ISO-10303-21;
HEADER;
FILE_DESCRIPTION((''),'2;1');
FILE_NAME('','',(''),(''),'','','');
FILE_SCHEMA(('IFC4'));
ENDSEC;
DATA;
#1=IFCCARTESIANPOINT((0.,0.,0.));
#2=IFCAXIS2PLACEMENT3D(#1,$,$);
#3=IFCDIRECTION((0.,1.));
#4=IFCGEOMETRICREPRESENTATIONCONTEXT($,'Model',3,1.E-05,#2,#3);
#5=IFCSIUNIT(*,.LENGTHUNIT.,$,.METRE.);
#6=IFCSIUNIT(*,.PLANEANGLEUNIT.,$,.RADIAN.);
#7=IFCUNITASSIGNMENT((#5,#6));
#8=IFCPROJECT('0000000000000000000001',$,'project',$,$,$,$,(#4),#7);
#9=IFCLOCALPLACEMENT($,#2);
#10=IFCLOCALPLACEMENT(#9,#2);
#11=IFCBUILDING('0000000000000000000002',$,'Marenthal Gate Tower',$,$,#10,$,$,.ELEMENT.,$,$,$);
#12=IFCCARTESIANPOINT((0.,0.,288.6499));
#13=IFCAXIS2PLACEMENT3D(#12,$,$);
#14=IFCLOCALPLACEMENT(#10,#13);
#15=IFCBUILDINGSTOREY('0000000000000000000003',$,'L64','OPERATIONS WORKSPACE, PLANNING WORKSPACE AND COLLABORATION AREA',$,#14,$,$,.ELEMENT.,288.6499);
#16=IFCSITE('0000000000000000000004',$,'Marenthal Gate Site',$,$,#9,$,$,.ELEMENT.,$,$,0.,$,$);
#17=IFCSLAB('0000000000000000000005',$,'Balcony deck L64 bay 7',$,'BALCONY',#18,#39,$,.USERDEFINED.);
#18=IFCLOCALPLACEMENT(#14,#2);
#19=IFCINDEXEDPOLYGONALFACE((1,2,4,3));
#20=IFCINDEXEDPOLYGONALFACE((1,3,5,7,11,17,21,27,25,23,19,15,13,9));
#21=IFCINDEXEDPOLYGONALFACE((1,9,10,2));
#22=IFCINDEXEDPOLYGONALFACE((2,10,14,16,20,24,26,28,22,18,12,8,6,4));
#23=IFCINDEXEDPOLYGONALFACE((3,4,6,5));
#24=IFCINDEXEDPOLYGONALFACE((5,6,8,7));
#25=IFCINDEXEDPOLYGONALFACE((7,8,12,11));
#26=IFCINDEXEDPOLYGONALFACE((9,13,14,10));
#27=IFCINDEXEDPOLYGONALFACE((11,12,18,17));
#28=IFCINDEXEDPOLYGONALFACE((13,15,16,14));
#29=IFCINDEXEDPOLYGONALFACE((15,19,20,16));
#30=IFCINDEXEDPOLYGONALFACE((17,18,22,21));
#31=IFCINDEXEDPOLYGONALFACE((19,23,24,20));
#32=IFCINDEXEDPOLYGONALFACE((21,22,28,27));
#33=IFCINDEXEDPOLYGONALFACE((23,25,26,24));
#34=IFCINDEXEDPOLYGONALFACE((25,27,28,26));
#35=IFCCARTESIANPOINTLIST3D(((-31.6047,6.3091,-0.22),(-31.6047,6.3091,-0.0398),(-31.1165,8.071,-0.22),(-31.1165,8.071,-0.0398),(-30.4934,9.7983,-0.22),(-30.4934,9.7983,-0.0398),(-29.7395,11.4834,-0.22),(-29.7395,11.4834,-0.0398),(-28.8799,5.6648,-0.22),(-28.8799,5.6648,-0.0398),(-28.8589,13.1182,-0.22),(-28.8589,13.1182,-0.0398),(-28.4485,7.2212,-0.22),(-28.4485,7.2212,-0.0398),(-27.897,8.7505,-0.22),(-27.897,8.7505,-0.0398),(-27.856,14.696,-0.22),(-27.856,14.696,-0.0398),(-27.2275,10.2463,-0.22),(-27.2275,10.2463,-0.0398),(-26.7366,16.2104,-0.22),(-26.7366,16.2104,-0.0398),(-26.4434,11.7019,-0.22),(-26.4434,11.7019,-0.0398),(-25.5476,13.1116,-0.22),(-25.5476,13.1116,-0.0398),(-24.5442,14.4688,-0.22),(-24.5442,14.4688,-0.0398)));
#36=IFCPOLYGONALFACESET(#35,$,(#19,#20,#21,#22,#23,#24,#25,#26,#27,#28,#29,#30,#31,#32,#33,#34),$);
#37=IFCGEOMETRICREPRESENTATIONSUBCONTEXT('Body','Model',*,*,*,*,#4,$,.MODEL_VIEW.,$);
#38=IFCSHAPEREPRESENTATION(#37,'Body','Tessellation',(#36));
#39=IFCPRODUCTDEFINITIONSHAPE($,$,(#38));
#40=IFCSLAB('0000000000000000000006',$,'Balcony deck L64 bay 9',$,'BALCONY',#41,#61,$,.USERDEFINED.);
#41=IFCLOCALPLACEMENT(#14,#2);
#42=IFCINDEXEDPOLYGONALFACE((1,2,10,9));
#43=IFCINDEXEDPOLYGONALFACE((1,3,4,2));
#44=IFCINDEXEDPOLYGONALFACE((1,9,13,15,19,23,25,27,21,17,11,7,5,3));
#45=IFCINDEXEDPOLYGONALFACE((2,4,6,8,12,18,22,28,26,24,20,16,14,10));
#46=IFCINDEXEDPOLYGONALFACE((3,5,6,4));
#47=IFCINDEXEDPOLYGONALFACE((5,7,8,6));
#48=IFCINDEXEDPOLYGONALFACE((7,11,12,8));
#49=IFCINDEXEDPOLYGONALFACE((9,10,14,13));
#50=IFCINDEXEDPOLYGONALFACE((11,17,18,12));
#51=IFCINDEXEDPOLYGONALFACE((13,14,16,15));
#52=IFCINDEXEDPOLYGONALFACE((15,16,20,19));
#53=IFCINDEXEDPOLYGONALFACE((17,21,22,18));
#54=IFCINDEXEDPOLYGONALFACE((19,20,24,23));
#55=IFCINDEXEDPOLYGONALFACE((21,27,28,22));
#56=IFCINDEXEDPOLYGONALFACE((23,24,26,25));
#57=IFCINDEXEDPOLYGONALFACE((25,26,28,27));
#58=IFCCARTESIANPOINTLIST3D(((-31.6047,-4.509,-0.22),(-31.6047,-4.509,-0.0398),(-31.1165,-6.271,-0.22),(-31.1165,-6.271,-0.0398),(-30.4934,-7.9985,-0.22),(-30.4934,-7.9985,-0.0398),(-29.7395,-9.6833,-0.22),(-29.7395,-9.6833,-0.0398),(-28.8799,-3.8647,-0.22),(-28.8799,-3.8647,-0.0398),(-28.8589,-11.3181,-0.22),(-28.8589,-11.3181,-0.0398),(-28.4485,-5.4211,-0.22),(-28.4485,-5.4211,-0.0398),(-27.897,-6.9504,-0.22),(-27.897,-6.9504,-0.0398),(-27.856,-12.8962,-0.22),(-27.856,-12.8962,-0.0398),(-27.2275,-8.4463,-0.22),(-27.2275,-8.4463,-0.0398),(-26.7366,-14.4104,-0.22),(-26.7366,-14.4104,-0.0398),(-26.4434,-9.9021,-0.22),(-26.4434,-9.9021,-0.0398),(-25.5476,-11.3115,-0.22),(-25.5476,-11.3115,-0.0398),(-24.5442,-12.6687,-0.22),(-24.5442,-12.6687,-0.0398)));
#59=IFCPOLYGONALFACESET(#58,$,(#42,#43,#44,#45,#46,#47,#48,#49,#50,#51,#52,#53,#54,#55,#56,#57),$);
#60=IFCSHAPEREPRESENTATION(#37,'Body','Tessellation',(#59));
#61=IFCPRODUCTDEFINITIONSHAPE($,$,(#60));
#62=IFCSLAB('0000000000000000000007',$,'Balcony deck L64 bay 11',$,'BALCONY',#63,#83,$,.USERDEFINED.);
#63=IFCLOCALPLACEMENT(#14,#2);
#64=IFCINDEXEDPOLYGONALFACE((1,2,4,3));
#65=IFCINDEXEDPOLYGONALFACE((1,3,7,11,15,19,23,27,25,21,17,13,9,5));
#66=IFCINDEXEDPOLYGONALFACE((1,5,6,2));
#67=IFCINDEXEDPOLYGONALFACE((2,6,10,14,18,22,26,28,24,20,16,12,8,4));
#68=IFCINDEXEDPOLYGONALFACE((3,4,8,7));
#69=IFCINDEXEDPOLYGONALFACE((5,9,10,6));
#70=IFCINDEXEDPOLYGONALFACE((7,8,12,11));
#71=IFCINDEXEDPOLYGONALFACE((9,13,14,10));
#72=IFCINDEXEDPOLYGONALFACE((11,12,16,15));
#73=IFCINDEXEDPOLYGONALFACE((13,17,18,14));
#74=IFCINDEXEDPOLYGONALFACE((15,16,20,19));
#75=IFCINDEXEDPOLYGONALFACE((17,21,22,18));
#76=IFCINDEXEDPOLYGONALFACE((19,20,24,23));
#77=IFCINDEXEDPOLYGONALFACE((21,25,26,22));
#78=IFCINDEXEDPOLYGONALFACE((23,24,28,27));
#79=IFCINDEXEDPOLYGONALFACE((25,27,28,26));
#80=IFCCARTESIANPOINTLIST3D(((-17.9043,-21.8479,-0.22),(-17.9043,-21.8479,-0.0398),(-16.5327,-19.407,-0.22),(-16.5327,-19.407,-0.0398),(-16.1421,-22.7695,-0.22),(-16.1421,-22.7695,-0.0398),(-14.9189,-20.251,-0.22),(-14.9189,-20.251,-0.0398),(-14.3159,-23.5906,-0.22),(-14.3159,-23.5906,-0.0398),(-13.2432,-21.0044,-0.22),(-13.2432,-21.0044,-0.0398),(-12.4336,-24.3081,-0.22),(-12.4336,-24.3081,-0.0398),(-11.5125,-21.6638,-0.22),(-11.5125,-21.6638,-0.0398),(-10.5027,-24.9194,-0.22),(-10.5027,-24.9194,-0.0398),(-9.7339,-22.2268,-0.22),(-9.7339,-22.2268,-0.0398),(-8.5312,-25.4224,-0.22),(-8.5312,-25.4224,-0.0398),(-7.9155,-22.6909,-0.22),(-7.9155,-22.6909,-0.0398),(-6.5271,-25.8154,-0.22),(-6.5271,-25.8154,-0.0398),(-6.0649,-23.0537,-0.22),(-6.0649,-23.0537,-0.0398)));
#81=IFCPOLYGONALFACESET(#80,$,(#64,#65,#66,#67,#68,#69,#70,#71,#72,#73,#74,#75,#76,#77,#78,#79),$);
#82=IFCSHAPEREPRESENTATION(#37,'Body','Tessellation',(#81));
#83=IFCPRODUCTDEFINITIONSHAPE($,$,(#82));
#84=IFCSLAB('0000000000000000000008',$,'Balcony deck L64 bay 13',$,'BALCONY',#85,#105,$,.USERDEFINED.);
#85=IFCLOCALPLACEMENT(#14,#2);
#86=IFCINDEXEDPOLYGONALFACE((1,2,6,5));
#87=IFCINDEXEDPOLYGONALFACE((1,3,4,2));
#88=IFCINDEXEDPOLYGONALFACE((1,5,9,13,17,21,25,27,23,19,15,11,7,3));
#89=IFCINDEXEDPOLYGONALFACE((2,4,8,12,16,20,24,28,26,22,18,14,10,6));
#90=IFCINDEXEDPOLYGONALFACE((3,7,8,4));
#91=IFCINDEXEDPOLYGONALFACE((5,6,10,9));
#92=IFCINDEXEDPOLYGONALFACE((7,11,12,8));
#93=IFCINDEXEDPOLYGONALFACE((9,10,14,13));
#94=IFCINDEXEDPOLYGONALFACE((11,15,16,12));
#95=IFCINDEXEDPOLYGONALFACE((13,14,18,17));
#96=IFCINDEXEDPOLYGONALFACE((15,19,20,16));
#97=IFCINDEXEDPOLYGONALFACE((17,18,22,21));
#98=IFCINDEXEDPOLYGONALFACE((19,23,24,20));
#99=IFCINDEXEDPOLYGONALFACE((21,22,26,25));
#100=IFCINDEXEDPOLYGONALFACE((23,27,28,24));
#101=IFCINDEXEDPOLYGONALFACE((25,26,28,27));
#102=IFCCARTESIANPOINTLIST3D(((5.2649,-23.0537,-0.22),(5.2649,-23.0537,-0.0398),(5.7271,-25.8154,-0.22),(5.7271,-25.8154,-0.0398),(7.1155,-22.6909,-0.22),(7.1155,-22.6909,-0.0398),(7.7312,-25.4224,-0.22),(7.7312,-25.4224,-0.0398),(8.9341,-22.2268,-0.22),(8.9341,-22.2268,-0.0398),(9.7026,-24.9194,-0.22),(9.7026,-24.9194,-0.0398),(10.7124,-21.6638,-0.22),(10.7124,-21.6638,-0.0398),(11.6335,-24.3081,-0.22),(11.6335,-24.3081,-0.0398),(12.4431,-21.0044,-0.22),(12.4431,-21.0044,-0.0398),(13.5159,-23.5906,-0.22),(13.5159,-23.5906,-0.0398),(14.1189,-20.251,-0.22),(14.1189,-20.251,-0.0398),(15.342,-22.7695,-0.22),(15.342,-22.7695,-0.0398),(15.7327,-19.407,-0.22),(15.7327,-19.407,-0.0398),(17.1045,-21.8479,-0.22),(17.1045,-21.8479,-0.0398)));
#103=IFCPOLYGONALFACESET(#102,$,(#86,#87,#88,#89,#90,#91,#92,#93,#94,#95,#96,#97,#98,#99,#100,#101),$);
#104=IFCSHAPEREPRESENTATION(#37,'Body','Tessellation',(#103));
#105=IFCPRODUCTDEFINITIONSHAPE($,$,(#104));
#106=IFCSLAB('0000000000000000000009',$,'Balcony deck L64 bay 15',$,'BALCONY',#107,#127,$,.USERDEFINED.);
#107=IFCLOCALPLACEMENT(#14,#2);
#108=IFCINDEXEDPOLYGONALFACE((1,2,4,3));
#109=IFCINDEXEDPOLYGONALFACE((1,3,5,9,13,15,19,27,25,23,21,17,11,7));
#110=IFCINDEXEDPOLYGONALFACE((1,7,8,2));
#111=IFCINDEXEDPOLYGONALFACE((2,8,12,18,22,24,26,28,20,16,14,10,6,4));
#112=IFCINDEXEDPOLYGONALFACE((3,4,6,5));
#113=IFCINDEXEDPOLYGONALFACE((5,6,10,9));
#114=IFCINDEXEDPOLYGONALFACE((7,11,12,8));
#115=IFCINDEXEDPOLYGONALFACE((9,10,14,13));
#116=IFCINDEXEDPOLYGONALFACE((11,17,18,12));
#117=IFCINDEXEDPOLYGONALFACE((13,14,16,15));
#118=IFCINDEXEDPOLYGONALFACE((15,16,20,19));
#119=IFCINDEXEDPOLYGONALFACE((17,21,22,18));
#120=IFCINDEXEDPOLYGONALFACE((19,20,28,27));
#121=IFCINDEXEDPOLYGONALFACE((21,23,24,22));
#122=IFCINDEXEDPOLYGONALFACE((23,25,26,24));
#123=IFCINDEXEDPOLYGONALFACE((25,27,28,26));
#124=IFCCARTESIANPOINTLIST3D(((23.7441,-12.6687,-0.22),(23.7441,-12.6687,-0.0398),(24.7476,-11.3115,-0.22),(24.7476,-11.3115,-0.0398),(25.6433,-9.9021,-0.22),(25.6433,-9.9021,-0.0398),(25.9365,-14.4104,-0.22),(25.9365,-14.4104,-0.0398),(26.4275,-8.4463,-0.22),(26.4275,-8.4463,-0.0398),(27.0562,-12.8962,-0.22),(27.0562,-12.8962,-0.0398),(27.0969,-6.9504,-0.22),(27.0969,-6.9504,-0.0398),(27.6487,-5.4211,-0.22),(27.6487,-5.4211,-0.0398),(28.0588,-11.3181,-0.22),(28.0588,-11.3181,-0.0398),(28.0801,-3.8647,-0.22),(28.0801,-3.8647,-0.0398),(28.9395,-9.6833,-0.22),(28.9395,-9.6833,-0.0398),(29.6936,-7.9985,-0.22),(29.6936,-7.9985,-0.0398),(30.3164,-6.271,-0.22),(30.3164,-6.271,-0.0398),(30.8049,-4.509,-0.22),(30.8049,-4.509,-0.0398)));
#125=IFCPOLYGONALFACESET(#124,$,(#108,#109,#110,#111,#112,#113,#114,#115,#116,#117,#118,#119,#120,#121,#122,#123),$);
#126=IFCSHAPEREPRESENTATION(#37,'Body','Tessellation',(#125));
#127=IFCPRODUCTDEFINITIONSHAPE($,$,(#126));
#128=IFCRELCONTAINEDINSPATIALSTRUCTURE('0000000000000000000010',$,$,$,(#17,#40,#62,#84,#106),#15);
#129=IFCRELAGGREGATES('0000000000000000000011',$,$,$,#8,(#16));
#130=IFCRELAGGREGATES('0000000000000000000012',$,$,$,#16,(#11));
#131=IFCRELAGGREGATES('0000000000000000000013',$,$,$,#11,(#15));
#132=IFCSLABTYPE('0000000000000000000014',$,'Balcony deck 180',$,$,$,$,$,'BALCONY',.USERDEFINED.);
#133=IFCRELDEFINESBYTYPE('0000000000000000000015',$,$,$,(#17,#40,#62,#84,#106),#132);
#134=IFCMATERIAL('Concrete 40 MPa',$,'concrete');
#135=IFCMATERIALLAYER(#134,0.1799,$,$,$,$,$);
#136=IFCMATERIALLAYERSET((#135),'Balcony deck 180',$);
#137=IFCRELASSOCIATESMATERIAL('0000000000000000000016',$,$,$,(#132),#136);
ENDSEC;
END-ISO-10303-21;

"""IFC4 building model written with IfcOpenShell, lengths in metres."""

from ifc_helpers import new_model, si_unit, direction, frame, origin, place, context, subcontext, project, spatial, polyline, outline, extrude, material, layer, layer_set, type_object, element, save


model = new_model("IFC4")

# Units and contexts
model_context = context("Model", 3, precision=1e-05, world=origin(), true_north=direction((0.0, 1.0)))
body_context = subcontext(model_context, "Body", "Model", "MODEL_VIEW")
ifc_project = project(units=[si_unit("LENGTHUNIT", "METRE"), si_unit("PLANEANGLEUNIT", "RADIAN")], contexts=[model_context])

# Site, building, storey
site_placement = place(None, origin())
site = spatial("IfcSite", under=ifc_project, at=site_placement, Name="Marenthal Gate Site", CompositionType="ELEMENT", RefElevation=0.0)
building_placement = place(site_placement, origin())
building = spatial("IfcBuilding", under=site, at=building_placement, Name="Marenthal Gate Tower", CompositionType="ELEMENT")
storey_placement = place(building_placement, frame((0.0, 0.0, 288.6499)))
storey = spatial("IfcBuildingStorey", under=building, at=storey_placement, Name="L64", Description="OPERATIONS WORKSPACE, PLANNING WORKSPACE AND COLLABORATION AREA", CompositionType="ELEMENT", Elevation=288.6499)

# Slabs
ifc_material_1 = material(Name="Concrete 40 MPa", Category="concrete")
ifc_layer_1 = layer(ifc_material_1, 0.1799)
ifc_layer_set_1 = layer_set([ifc_layer_1], Name="Balcony deck 180")
slab_type_1 = type_object("IfcSlabType", Name="Balcony deck 180", ElementType="BALCONY", PredefinedType="USERDEFINED", material=ifc_layer_set_1)
slab_1_placement = place(storey_placement, frame((0.0, 0.0, -0.22)))
element("IfcSlab", 1, at=slab_1_placement, inside=storey, type_object=slab_type_1, Name="Balcony deck L64 bay 7", ObjectType="BALCONY", PredefinedType="USERDEFINED", context=body_context, shape_type="SweptSolid", body=[
    extrude(outline(polyline([(-24.5442, 14.4688), (-25.5476, 13.1116), (-26.4434, 11.7019), (-27.2275, 10.2463), (-27.897, 8.7505), (-28.4485, 7.2212), (-28.8799, 5.6648), (-31.6047, 6.3091), (-31.1165, 8.071), (-30.4934, 9.7983), (-29.7395, 11.4834), (-28.8589, 13.1182), (-27.856, 14.696), (-26.7366, 16.2104), (-24.5442, 14.4688)])), origin(), (0.0, 0.0, 1.0), 0.1802),
])
slab_2_placement = place(storey_placement, frame((0.0, 0.0, -0.22)))
element("IfcSlab", 2, at=slab_2_placement, inside=storey, type_object=slab_type_1, Name="Balcony deck L64 bay 9", ObjectType="BALCONY", PredefinedType="USERDEFINED", context=body_context, shape_type="SweptSolid", body=[
    extrude(outline(polyline([(-28.8799, -3.8647), (-28.4485, -5.4211), (-27.897, -6.9504), (-27.2275, -8.4463), (-26.4434, -9.9021), (-25.5476, -11.3115), (-24.5442, -12.6687), (-26.7366, -14.4104), (-27.856, -12.8962), (-28.8589, -11.3181), (-29.7395, -9.6833), (-30.4934, -7.9985), (-31.1165, -6.271), (-31.6047, -4.509), (-28.8799, -3.8647)])), origin(), (0.0, 0.0, 1.0), 0.1802),
])
slab_3_placement = place(storey_placement, frame((0.0, 0.0, -0.22)))
element("IfcSlab", 3, at=slab_3_placement, inside=storey, type_object=slab_type_1, Name="Balcony deck L64 bay 11", ObjectType="BALCONY", PredefinedType="USERDEFINED", context=body_context, shape_type="SweptSolid", body=[
    extrude(outline(polyline([(-16.5327, -19.407), (-14.9189, -20.251), (-13.2432, -21.0044), (-11.5125, -21.6638), (-9.7339, -22.2268), (-7.9155, -22.6909), (-6.0649, -23.0537), (-6.5271, -25.8154), (-8.5312, -25.4224), (-10.5027, -24.9194), (-12.4336, -24.3081), (-14.3159, -23.5906), (-16.1421, -22.7695), (-17.9043, -21.8479), (-16.5327, -19.407)])), origin(), (0.0, 0.0, 1.0), 0.1802),
])
slab_4_placement = place(storey_placement, frame((0.0, 0.0, -0.22)))
element("IfcSlab", 4, at=slab_4_placement, inside=storey, type_object=slab_type_1, Name="Balcony deck L64 bay 13", ObjectType="BALCONY", PredefinedType="USERDEFINED", context=body_context, shape_type="SweptSolid", body=[
    extrude(outline(polyline([(5.2649, -23.0537), (7.1155, -22.6909), (8.9341, -22.2268), (10.7124, -21.6638), (12.4431, -21.0044), (14.1189, -20.251), (15.7327, -19.407), (17.1045, -21.8479), (15.342, -22.7695), (13.5159, -23.5906), (11.6335, -24.3081), (9.7026, -24.9194), (7.7312, -25.4224), (5.7271, -25.8154), (5.2649, -23.0537)])), origin(), (0.0, 0.0, 1.0), 0.1802),
])
slab_5_placement = place(storey_placement, frame((0.0, 0.0, -0.22)))
element("IfcSlab", 5, at=slab_5_placement, inside=storey, type_object=slab_type_1, Name="Balcony deck L64 bay 15", ObjectType="BALCONY", PredefinedType="USERDEFINED", context=body_context, shape_type="SweptSolid", body=[
    extrude(outline(polyline([(23.7441, -12.6687), (24.7476, -11.3115), (25.6433, -9.9021), (26.4275, -8.4463), (27.0969, -6.9504), (27.6487, -5.4211), (28.0801, -3.8647), (30.8049, -4.509), (30.3164, -6.271), (29.6936, -7.9985), (28.9395, -9.6833), (28.0588, -11.3181), (27.0562, -12.8962), (25.9365, -14.4104), (23.7441, -12.6687)])), origin(), (0.0, 0.0, 1.0), 0.1802),
])

save(model, "model.ifc")
